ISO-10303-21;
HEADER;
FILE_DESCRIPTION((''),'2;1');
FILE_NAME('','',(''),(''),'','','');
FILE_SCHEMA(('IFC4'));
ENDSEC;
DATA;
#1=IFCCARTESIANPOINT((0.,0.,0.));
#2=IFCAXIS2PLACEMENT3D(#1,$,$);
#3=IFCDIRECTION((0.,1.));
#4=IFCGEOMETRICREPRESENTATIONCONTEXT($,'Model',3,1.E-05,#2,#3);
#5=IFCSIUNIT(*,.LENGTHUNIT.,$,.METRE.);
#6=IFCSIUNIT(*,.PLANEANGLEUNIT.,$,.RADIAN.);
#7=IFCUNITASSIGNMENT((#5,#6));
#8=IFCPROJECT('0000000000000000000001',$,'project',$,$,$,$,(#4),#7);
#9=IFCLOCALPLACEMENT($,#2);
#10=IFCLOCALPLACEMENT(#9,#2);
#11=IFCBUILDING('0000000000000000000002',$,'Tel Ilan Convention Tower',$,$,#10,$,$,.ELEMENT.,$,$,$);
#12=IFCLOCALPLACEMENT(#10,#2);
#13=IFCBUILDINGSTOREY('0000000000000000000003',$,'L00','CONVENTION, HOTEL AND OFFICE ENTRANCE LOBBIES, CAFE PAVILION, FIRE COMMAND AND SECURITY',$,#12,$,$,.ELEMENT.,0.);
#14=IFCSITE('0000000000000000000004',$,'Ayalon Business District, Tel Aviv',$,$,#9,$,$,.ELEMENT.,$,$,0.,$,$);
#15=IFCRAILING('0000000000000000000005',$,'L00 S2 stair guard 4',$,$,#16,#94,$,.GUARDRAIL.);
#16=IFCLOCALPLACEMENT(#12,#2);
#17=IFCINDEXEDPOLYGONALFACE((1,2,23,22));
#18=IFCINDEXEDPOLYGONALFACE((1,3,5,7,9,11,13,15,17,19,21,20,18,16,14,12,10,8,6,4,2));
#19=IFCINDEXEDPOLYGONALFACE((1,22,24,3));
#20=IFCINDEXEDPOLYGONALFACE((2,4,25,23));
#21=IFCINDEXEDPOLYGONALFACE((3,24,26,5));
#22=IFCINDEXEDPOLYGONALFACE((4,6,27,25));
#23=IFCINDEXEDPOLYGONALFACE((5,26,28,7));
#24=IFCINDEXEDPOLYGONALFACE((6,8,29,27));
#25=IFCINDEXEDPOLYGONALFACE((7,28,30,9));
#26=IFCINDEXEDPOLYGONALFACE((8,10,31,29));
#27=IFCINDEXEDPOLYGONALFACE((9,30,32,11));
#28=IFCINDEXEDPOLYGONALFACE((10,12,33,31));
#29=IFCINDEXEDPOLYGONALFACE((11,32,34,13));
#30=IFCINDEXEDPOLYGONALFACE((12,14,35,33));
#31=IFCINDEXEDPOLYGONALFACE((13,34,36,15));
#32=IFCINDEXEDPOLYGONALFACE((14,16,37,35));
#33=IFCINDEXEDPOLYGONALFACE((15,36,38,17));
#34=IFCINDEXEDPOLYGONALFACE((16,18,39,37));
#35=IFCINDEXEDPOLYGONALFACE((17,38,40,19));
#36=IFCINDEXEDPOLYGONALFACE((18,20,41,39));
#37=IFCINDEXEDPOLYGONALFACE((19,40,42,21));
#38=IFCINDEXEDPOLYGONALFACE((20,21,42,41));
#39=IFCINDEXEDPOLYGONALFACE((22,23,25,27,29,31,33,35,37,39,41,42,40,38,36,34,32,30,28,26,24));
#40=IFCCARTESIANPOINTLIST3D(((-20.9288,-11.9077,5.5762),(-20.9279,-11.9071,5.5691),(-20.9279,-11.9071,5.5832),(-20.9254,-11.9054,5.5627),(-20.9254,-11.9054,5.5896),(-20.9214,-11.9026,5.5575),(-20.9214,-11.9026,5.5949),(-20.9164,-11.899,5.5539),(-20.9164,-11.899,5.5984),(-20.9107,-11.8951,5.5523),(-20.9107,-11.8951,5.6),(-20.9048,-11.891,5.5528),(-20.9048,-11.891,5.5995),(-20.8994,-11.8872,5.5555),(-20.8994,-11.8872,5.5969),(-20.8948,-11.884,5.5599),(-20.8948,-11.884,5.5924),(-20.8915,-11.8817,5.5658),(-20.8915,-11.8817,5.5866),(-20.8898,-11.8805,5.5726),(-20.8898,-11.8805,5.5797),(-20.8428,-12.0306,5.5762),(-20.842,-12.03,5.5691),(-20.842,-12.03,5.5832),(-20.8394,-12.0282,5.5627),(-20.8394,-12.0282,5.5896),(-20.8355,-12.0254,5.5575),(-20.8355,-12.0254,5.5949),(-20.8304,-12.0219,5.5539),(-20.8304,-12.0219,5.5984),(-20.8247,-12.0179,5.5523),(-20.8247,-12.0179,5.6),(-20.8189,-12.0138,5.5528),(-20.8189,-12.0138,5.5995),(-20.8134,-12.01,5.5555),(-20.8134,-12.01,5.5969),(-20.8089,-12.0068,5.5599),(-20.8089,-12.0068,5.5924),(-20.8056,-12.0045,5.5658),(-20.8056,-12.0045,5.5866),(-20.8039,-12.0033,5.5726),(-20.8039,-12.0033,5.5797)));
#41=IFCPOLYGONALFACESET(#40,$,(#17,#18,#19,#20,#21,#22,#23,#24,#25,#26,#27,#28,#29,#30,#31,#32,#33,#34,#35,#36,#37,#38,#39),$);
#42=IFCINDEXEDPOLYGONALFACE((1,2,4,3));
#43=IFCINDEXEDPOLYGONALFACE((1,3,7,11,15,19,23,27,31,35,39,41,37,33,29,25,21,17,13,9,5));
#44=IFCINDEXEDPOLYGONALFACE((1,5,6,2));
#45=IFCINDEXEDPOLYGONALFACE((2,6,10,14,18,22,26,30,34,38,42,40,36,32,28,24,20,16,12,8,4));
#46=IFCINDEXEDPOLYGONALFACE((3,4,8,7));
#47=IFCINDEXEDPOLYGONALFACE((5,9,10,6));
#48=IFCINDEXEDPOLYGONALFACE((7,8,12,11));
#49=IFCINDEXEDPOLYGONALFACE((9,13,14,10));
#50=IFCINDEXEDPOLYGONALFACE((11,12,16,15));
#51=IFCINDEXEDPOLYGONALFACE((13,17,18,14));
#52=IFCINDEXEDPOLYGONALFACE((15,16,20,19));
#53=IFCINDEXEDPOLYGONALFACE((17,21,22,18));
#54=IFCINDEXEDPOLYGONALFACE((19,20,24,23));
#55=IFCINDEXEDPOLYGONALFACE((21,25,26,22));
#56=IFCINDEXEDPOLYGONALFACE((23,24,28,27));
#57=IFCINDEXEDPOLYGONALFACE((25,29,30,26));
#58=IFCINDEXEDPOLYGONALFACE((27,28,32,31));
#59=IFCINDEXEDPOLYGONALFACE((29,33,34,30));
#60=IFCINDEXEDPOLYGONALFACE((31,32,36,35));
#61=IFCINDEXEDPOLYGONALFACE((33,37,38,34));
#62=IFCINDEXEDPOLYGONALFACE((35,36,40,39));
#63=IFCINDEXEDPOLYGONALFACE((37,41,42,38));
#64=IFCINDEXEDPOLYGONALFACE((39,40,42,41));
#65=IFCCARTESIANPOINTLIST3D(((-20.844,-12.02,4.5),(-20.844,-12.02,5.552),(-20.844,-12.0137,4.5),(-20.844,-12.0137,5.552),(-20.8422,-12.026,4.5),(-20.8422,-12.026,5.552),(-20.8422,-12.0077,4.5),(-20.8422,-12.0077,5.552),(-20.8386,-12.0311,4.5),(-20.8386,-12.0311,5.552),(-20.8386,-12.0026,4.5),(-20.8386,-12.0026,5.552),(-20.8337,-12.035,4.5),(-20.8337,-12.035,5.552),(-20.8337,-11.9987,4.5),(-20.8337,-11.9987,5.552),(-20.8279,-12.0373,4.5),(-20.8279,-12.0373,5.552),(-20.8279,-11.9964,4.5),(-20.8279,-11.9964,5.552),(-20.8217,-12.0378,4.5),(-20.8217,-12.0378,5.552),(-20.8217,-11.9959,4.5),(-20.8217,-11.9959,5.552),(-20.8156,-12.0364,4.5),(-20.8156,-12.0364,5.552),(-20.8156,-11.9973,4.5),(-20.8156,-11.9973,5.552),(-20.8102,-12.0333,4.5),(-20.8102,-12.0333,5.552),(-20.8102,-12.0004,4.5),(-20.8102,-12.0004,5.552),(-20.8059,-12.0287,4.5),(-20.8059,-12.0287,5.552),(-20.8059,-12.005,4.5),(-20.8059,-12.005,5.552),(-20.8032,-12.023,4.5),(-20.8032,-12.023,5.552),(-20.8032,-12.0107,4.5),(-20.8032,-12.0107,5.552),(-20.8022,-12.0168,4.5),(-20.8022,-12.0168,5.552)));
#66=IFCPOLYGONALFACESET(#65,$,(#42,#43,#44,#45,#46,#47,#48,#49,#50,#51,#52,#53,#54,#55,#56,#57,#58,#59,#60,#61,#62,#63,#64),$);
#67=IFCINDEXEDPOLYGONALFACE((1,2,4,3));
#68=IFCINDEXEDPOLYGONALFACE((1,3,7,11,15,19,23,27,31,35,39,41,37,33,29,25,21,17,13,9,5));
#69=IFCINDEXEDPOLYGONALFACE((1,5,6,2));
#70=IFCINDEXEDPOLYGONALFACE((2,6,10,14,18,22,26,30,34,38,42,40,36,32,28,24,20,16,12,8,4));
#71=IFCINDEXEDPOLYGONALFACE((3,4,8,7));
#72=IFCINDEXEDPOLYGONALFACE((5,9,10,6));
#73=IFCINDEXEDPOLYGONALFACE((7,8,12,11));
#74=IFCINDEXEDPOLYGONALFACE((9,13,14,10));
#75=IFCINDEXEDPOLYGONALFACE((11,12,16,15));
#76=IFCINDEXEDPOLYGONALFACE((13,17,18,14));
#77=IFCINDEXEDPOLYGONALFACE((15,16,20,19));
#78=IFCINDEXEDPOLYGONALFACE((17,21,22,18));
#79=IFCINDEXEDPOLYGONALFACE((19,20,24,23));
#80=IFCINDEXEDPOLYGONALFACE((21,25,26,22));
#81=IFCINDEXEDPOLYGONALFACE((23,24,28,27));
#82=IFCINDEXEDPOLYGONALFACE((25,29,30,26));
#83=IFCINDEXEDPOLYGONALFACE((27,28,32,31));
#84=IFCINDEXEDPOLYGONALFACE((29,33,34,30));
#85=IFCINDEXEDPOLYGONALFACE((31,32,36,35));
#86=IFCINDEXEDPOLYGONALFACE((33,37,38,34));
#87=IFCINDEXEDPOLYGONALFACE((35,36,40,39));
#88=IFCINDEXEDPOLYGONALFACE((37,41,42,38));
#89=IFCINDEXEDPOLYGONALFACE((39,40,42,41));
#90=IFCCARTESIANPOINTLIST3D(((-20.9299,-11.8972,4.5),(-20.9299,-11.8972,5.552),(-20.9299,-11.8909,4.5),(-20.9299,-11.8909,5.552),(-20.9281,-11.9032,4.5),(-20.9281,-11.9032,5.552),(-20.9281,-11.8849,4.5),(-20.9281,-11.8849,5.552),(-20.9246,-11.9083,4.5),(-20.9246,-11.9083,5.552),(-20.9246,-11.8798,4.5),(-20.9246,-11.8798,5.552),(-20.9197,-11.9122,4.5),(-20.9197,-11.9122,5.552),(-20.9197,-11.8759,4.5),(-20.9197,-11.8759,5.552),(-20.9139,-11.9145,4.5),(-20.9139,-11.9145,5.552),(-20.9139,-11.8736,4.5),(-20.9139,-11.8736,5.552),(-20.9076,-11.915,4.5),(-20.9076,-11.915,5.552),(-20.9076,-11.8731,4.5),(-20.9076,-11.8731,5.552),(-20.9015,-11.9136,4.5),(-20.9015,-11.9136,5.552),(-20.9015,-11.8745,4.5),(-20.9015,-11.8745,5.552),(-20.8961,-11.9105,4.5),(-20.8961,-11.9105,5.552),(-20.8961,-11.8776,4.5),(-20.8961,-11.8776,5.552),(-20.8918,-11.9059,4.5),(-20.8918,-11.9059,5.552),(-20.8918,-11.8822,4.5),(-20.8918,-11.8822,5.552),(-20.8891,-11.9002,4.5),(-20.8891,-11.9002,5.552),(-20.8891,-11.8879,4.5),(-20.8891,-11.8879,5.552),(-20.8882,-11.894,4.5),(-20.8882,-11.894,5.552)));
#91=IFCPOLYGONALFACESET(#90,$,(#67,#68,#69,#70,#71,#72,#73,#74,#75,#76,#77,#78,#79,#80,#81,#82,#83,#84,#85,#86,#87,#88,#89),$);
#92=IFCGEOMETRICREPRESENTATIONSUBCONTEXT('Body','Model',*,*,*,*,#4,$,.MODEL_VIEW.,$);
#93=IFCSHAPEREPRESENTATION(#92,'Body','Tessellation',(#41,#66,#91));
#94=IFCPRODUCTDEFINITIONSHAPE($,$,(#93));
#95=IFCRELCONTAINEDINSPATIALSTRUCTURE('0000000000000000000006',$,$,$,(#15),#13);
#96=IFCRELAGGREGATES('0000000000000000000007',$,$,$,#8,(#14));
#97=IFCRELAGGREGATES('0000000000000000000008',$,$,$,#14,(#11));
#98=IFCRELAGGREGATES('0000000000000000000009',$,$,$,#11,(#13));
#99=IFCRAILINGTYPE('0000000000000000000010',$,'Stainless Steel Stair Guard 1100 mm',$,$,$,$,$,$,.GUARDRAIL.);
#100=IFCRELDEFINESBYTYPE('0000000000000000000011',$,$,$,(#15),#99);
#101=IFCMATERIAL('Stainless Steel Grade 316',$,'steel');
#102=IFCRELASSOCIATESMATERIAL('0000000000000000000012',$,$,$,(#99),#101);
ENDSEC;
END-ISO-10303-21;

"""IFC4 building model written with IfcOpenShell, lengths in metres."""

from ifc_helpers import new_model, si_unit, direction, frame, origin, origin_2d, place, context, subcontext, project, spatial, circle, extrude, material, type_object, element, save


model = new_model("IFC4")

# Units and contexts
model_context = context("Model", 3, precision=1e-05, world=origin(), true_north=direction((0.0, 1.0)))
body_context = subcontext(model_context, "Body", "Model", "MODEL_VIEW")
ifc_project = project(units=[si_unit("LENGTHUNIT", "METRE"), si_unit("PLANEANGLEUNIT", "RADIAN")], contexts=[model_context])

# Site, building, storey
site_placement = place(None, origin())
site = spatial("IfcSite", under=ifc_project, at=site_placement, Name="Ayalon Business District, Tel Aviv", CompositionType="ELEMENT", RefElevation=0.0)
building_placement = place(site_placement, origin())
building = spatial("IfcBuilding", under=site, at=building_placement, Name="Tel Ilan Convention Tower", CompositionType="ELEMENT")
storey_placement = place(building_placement, origin())
storey = spatial("IfcBuildingStorey", under=building, at=storey_placement, Name="L00", Description="CONVENTION, HOTEL AND OFFICE ENTRANCE LOBBIES, CAFE PAVILION, FIRE COMMAND AND SECURITY", CompositionType="ELEMENT", Elevation=0.0)

# Railing
ifc_material_1 = material(Name="Stainless Steel Grade 316", Category="steel")
railing_type_1 = type_object("IfcRailingType", Name="Stainless Steel Stair Guard 1100 mm", PredefinedType="GUARDRAIL", material=ifc_material_1)
railing_1_placement = place(storey_placement, frame((-20.8232, -12.0168, 4.5)))
element("IfcRailing", 1, at=railing_1_placement, inside=storey, type_object=railing_type_1, Name="L00 S2 stair guard 4", PredefinedType="GUARDRAIL", context=body_context, shape_type="SweptSolid", body=[
    extrude(circle(Radius=0.0239, at=origin_2d()), frame((0.0, 0.0, 1.0762), z_axis=(-0.573353, 0.819308, 0.0), x_axis=(-0.819308, -0.573353, 0.0)), (0.0, 0.0, 1.0), 0.1499),
    extrude(circle(Radius=0.021, at=origin_2d()), origin(), (0.0, 0.0, 1.0), 1.052),
    extrude(circle(Radius=0.021, at=origin_2d()), frame((-0.0859, 0.1228, 0.0)), (0.0, 0.0, 1.0), 1.052),
])

save(model, "model.ifc")
